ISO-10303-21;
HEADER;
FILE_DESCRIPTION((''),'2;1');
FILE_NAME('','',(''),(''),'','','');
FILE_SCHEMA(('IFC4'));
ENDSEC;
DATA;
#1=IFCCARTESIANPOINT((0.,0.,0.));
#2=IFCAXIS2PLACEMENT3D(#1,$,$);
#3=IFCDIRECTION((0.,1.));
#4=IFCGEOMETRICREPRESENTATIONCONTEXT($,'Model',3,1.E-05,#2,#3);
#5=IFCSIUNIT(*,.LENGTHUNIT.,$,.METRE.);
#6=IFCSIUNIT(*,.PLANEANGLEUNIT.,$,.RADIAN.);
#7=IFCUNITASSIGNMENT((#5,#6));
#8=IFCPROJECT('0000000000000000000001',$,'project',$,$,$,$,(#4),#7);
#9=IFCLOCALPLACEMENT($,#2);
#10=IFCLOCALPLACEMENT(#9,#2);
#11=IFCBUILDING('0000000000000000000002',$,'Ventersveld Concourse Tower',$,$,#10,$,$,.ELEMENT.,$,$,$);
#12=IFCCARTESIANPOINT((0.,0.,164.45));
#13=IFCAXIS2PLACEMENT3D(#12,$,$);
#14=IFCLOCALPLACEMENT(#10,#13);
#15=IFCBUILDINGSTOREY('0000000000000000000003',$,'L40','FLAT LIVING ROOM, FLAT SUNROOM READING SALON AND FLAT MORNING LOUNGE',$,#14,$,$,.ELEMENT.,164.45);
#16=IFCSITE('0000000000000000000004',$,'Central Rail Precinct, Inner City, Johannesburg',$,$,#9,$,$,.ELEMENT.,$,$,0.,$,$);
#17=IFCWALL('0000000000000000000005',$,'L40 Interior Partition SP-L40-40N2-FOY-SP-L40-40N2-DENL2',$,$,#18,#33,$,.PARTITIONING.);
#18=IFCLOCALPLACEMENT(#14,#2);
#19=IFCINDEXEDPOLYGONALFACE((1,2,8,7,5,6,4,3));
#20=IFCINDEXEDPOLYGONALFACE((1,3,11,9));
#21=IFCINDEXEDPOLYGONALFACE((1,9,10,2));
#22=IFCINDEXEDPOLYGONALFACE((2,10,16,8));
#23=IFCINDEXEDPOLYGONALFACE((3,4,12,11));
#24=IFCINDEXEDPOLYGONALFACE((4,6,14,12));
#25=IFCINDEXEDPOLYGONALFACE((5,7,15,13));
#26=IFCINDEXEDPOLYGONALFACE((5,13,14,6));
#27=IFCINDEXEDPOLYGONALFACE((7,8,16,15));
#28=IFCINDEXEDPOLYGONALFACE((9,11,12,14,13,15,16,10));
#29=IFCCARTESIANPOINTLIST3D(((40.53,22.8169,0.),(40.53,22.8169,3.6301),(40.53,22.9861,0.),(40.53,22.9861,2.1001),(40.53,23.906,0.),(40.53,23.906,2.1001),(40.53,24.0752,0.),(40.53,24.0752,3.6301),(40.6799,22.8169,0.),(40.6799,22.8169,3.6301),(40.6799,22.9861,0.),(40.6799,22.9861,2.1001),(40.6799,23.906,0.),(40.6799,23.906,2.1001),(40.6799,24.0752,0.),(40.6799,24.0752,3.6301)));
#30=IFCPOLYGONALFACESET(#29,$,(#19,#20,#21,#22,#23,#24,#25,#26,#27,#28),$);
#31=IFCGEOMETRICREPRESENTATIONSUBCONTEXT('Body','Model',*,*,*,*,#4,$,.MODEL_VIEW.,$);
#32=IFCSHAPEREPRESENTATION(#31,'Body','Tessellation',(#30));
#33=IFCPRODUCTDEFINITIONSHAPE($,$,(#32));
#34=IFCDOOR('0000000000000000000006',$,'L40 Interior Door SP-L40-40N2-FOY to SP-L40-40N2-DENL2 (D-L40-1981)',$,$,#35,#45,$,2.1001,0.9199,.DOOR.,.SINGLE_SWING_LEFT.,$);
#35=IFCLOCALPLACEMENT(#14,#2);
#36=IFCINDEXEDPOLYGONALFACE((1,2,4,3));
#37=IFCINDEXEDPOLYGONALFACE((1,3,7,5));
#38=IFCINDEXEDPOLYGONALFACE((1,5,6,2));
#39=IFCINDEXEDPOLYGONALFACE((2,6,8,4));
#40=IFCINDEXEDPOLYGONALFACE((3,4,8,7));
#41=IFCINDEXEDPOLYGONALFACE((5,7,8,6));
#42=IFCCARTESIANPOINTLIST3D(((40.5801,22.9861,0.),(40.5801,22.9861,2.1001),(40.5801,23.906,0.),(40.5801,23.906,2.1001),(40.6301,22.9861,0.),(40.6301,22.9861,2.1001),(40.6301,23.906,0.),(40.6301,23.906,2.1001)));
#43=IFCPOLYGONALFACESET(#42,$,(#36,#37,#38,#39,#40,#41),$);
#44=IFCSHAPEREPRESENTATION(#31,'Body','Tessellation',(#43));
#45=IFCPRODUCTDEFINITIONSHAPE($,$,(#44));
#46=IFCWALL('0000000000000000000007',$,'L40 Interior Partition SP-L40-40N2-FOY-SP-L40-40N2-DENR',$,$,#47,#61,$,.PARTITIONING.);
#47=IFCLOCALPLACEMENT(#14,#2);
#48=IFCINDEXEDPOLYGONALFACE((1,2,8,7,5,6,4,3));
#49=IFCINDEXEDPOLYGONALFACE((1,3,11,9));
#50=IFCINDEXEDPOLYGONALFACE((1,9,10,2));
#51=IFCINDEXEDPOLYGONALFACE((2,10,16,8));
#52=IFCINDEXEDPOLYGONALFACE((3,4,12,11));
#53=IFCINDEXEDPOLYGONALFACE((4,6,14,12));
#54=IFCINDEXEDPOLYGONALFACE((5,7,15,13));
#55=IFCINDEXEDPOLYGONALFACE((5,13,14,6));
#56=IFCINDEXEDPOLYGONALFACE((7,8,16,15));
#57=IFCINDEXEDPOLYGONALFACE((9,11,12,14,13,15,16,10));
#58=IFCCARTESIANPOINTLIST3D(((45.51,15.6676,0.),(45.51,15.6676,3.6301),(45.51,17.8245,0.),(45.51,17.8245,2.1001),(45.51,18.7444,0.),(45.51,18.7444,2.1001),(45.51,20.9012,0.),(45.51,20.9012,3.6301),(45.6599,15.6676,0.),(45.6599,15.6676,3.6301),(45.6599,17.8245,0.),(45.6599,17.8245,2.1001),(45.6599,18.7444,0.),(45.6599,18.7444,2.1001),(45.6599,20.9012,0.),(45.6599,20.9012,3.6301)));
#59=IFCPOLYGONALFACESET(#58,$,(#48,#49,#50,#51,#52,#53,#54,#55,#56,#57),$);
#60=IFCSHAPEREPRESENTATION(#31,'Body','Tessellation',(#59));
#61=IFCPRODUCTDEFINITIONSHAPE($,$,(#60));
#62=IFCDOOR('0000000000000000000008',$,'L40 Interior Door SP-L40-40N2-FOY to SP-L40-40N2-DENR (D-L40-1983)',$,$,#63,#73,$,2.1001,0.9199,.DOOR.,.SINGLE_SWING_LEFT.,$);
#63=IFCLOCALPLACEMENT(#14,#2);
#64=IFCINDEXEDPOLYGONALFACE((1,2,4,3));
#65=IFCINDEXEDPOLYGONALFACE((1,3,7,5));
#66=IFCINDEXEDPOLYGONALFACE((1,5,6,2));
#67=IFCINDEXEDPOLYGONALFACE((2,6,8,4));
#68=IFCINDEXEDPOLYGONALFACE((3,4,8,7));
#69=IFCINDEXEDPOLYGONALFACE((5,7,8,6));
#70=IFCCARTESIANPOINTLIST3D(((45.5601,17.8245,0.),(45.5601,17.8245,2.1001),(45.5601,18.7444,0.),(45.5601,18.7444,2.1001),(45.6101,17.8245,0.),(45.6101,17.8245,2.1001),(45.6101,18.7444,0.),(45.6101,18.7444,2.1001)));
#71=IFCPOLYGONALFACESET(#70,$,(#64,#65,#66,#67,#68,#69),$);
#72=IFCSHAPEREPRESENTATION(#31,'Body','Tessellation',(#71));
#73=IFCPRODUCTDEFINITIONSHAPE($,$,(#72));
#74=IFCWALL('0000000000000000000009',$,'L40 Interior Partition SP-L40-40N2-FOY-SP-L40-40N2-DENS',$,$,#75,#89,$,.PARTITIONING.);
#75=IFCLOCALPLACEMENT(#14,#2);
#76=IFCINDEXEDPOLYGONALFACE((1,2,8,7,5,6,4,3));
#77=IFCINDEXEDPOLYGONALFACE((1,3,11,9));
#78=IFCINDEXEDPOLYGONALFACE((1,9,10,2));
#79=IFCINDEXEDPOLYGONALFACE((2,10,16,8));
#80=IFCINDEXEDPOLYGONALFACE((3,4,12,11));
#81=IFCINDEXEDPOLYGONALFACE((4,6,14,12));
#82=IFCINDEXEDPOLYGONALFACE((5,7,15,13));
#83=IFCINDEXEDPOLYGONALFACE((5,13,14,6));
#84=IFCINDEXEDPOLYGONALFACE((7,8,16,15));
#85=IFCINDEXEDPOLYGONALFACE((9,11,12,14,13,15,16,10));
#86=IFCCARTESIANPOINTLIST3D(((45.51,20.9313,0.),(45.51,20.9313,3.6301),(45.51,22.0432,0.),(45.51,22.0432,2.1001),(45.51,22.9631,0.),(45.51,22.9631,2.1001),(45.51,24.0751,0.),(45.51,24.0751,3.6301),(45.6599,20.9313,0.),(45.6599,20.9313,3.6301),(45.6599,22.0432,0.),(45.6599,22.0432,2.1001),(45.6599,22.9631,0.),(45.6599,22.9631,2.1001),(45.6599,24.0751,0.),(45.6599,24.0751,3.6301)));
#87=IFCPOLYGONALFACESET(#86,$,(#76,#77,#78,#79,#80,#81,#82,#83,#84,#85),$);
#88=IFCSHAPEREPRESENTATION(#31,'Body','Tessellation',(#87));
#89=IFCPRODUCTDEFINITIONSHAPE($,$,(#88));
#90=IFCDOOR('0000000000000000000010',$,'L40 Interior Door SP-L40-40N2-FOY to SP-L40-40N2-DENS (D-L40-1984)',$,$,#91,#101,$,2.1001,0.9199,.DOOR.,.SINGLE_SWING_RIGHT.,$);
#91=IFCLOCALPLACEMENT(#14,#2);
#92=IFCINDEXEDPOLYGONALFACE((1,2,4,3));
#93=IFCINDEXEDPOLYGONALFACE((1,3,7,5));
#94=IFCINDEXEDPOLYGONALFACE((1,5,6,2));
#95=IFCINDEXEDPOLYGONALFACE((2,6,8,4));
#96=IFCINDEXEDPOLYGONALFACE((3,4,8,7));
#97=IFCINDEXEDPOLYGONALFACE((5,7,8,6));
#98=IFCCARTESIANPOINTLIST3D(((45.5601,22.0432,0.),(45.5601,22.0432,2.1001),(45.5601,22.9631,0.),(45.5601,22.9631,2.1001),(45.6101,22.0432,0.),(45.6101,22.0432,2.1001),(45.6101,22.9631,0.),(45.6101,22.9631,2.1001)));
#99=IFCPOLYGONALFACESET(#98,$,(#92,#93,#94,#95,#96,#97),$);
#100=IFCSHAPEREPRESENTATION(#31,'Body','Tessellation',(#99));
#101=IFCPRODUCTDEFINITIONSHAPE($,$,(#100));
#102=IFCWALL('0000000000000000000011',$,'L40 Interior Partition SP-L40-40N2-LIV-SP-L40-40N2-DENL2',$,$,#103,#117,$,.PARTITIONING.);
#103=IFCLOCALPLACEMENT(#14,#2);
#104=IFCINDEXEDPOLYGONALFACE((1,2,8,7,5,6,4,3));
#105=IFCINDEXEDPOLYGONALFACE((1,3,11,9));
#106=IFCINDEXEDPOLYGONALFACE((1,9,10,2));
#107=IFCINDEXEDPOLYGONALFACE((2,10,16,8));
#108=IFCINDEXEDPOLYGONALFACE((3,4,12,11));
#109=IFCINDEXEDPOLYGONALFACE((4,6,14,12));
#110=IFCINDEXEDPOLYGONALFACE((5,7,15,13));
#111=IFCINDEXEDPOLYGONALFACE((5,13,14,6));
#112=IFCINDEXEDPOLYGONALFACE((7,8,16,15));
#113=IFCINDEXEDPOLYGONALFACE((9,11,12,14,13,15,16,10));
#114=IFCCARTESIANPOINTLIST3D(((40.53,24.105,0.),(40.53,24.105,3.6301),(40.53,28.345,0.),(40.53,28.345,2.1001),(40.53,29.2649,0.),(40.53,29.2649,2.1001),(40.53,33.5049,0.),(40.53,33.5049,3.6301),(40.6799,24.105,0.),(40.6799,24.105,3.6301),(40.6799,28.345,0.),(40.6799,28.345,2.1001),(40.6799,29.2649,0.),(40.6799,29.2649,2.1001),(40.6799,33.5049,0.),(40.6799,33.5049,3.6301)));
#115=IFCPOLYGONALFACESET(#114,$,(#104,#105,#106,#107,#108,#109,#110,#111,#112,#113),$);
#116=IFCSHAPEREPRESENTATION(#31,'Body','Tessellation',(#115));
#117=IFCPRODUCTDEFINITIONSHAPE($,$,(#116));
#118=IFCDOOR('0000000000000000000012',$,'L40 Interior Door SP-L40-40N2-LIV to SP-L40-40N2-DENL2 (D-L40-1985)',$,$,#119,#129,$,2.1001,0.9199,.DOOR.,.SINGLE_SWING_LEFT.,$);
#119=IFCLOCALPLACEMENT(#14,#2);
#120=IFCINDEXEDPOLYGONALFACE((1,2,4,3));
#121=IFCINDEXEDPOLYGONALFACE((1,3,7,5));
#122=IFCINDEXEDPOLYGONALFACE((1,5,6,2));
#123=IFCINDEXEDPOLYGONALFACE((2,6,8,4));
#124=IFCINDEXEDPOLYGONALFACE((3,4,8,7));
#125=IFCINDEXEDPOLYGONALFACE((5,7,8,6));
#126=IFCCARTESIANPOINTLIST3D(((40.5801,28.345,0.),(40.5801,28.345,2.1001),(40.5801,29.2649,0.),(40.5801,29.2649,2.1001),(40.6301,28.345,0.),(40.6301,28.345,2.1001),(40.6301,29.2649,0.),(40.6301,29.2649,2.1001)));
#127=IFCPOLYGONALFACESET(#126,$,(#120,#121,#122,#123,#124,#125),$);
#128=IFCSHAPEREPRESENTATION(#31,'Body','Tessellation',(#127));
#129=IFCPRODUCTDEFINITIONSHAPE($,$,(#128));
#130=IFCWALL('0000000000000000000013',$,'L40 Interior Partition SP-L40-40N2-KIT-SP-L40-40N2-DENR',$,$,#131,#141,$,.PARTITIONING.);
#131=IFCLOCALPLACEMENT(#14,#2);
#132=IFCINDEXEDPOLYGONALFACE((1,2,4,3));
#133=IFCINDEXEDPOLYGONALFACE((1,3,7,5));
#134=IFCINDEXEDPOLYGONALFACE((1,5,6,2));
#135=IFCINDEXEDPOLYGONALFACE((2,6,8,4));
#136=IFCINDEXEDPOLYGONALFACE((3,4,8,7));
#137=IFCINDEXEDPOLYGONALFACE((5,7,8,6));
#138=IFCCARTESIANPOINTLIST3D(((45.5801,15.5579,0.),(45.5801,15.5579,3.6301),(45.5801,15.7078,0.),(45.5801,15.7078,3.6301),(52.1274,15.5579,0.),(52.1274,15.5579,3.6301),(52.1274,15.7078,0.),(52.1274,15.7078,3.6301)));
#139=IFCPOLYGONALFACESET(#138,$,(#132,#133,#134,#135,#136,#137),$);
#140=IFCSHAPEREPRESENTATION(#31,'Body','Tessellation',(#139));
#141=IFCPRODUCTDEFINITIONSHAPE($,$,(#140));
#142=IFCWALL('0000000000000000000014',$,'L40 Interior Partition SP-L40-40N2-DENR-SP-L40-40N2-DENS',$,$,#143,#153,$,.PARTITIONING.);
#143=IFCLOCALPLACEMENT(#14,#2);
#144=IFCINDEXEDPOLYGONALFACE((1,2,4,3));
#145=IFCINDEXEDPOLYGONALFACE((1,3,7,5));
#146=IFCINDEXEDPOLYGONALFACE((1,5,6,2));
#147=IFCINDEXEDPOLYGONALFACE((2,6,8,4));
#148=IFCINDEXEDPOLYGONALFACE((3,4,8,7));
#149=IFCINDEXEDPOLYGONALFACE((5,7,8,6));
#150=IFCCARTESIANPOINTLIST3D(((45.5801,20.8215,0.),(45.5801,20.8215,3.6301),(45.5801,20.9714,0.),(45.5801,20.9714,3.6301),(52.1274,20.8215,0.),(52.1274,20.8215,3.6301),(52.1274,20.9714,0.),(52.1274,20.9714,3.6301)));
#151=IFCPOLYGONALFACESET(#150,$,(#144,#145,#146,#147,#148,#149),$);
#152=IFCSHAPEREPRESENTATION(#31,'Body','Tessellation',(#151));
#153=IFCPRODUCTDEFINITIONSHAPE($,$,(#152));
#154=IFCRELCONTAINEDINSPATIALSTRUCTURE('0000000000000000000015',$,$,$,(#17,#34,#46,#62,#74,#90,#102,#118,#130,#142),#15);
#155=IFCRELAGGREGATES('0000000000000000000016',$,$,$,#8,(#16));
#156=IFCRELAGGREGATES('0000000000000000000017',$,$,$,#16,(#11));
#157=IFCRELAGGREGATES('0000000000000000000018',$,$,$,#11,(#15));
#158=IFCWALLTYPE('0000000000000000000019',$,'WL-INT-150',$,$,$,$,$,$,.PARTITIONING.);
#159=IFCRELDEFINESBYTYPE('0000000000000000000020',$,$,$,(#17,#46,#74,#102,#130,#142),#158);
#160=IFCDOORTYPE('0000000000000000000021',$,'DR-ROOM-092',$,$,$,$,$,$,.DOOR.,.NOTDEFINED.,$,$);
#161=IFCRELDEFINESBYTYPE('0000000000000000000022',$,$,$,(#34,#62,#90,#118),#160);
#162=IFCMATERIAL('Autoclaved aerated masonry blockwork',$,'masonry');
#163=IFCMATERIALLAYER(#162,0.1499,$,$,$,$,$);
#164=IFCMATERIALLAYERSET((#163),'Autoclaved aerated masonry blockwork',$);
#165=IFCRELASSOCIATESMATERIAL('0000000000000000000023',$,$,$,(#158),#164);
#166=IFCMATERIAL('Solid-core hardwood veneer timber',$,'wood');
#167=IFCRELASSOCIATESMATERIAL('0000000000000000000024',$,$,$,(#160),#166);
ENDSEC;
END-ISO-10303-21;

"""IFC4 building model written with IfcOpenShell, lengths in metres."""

from ifc_helpers import new_model, si_unit, direction, frame, frame_2d, origin, place, context, subcontext, project, spatial, rectangle, extrude, material, layer, layer_set, type_object, element, fill, save


model = new_model("IFC4")

# Units and contexts
model_context = context("Model", 3, precision=1e-05, world=origin(), true_north=direction((0.0, 1.0)))
body_context = subcontext(model_context, "Body", "Model", "MODEL_VIEW")
ifc_project = project(units=[si_unit("LENGTHUNIT", "METRE"), si_unit("PLANEANGLEUNIT", "RADIAN")], contexts=[model_context])

# Site, building, storey
site_placement = place(None, origin())
site = spatial("IfcSite", under=ifc_project, at=site_placement, Name="Central Rail Precinct, Inner City, Johannesburg", CompositionType="ELEMENT", RefElevation=0.0)
building_placement = place(site_placement, origin())
building = spatial("IfcBuilding", under=site, at=building_placement, Name="Ventersveld Concourse Tower", CompositionType="ELEMENT")
storey_placement = place(building_placement, frame((0.0, 0.0, 164.45)))
storey = spatial("IfcBuildingStorey", under=building, at=storey_placement, Name="L40", Description="FLAT LIVING ROOM, FLAT SUNROOM READING SALON AND FLAT MORNING LOUNGE", CompositionType="ELEMENT", Elevation=164.45)

# Shared definitions
ifc_material_1 = material(Name="Solid-core hardwood veneer timber", Category="wood")

# Walls, openings, doors
ifc_material_2 = material(Name="Autoclaved aerated masonry blockwork", Category="masonry")
ifc_layer_1 = layer(ifc_material_2, 0.1499)
ifc_layer_set_1 = layer_set([ifc_layer_1], Name="Autoclaved aerated masonry blockwork")
wall_type_1 = type_object("IfcWallType", Name="WL-INT-150", PredefinedType="PARTITIONING", material=ifc_layer_set_1)
door_type_1 = type_object("IfcDoorType", Name="DR-ROOM-092", OperationType="NOTDEFINED", PredefinedType="DOOR", material=ifc_material_1)
wall_1_placement = place(storey_placement, frame((40.605, 22.8169, 0.0), z_axis=(0.0, 0.0, 1.0), x_axis=(0.0, 1.0, 0.0)))
wall_1 = element("IfcWall", 1, at=wall_1_placement, inside=storey, type_object=wall_type_1, Name="L40 Interior Partition SP-L40-40N2-FOY-SP-L40-40N2-DENL2", PredefinedType="PARTITIONING", context=body_context, shape_type="SweptSolid", body=[
    extrude(rectangle(XDim=1.2583, YDim=0.1499, at=frame_2d((0.6292, 0.0))), origin(), (0.0, 0.0, 1.0), 3.6301),
])
opening_1_placement = place(wall_1_placement, frame((0.1692, 0.0, 0.0)))
opening_1 = element("IfcOpeningElement", 2, at=opening_1_placement, cuts=wall_1, PredefinedType="OPENING", context=body_context, shape_type="SweptSolid", body=[
    extrude(rectangle(XDim=0.9199, YDim=2.1001, at=frame_2d((0.46, 1.05))), frame((0.0, 0.085, 0.0), z_axis=(0.0, -1.0, 0.0), x_axis=(1.0, 0.0, 0.0)), (0.0, 0.0, 1.0), 0.1699),
])
door_1_placement = place(opening_1_placement, origin())
door_1 = element("IfcDoor", 3, at=door_1_placement, inside=storey, type_object=door_type_1, Name="L40 Interior Door SP-L40-40N2-FOY to SP-L40-40N2-DENL2 (D-L40-1981)", OperationType="SINGLE_SWING_LEFT", OverallHeight=2.1001, OverallWidth=0.9199, PredefinedType="DOOR", context=body_context, shape_type="SweptSolid", body=[
    extrude(rectangle(XDim=0.9199, YDim=2.1001, at=frame_2d((0.46, 1.05))), frame((0.0, 0.0249, 0.0), z_axis=(0.0, -1.0, 0.0), x_axis=(1.0, 0.0, 0.0)), (0.0, 0.0, 1.0), 0.05),
])
fill(opening_1, door_1)
wall_2_placement = place(storey_placement, frame((45.585, 15.6677, 0.0), z_axis=(0.0, 0.0, 1.0), x_axis=(0.0, 1.0, 0.0)))
wall_2 = element("IfcWall", 4, at=wall_2_placement, inside=storey, type_object=wall_type_1, Name="L40 Interior Partition SP-L40-40N2-FOY-SP-L40-40N2-DENR", PredefinedType="PARTITIONING", context=body_context, shape_type="SweptSolid", body=[
    extrude(rectangle(XDim=5.2336, YDim=0.1499, at=frame_2d((2.6167, 0.0))), origin(), (0.0, 0.0, 1.0), 3.6301),
])
opening_2_placement = place(wall_2_placement, frame((2.1567, 0.0, 0.0)))
opening_2 = element("IfcOpeningElement", 5, at=opening_2_placement, cuts=wall_2, PredefinedType="OPENING", context=body_context, shape_type="SweptSolid", body=[
    extrude(rectangle(XDim=0.9199, YDim=2.1001, at=frame_2d((0.46, 1.05))), frame((0.0, 0.085, 0.0), z_axis=(0.0, -1.0, 0.0), x_axis=(1.0, 0.0, 0.0)), (0.0, 0.0, 1.0), 0.1699),
])
door_2_placement = place(opening_2_placement, origin())
door_2 = element("IfcDoor", 6, at=door_2_placement, inside=storey, type_object=door_type_1, Name="L40 Interior Door SP-L40-40N2-FOY to SP-L40-40N2-DENR (D-L40-1983)", OperationType="SINGLE_SWING_LEFT", OverallHeight=2.1001, OverallWidth=0.9199, PredefinedType="DOOR", context=body_context, shape_type="SweptSolid", body=[
    extrude(rectangle(XDim=0.9199, YDim=2.1001, at=frame_2d((0.46, 1.05))), frame((0.0, 0.0249, 0.0), z_axis=(0.0, -1.0, 0.0), x_axis=(1.0, 0.0, 0.0)), (0.0, 0.0, 1.0), 0.05),
])
fill(opening_2, door_2)
wall_3_placement = place(storey_placement, frame((45.585, 20.9314, 0.0), z_axis=(0.0, 0.0, 1.0), x_axis=(0.0, 1.0, 0.0)))
wall_3 = element("IfcWall", 7, at=wall_3_placement, inside=storey, type_object=wall_type_1, Name="L40 Interior Partition SP-L40-40N2-FOY-SP-L40-40N2-DENS", PredefinedType="PARTITIONING", context=body_context, shape_type="SweptSolid", body=[
    extrude(rectangle(XDim=3.1438, YDim=0.1499, at=frame_2d((1.5718, 0.0))), origin(), (0.0, 0.0, 1.0), 3.6301),
])
opening_3_placement = place(wall_3_placement, frame((1.1118, 0.0, 0.0)))
opening_3 = element("IfcOpeningElement", 8, at=opening_3_placement, cuts=wall_3, PredefinedType="OPENING", context=body_context, shape_type="SweptSolid", body=[
    extrude(rectangle(XDim=0.9199, YDim=2.1001, at=frame_2d((0.46, 1.05))), frame((0.0, 0.085, 0.0), z_axis=(0.0, -1.0, 0.0), x_axis=(1.0, 0.0, 0.0)), (0.0, 0.0, 1.0), 0.1699),
])
door_3_placement = place(opening_3_placement, origin())
door_3 = element("IfcDoor", 9, at=door_3_placement, inside=storey, type_object=door_type_1, Name="L40 Interior Door SP-L40-40N2-FOY to SP-L40-40N2-DENS (D-L40-1984)", OperationType="SINGLE_SWING_RIGHT", OverallHeight=2.1001, OverallWidth=0.9199, PredefinedType="DOOR", context=body_context, shape_type="SweptSolid", body=[
    extrude(rectangle(XDim=0.9199, YDim=2.1001, at=frame_2d((0.46, 1.05))), frame((0.0, 0.0249, 0.0), z_axis=(0.0, -1.0, 0.0), x_axis=(1.0, 0.0, 0.0)), (0.0, 0.0, 1.0), 0.05),
])
fill(opening_3, door_3)
wall_4_placement = place(storey_placement, frame((40.605, 24.105, 0.0), z_axis=(0.0, 0.0, 1.0), x_axis=(0.0, 1.0, 0.0)))
wall_4 = element("IfcWall", 10, at=wall_4_placement, inside=storey, type_object=wall_type_1, Name="L40 Interior Partition SP-L40-40N2-LIV-SP-L40-40N2-DENL2", PredefinedType="PARTITIONING", context=body_context, shape_type="SweptSolid", body=[
    extrude(rectangle(XDim=9.3999, YDim=0.1499, at=frame_2d((4.7, 0.0))), origin(), (0.0, 0.0, 1.0), 3.6301),
])
opening_4_placement = place(wall_4_placement, frame((4.24, 0.0, 0.0)))
opening_4 = element("IfcOpeningElement", 11, at=opening_4_placement, cuts=wall_4, PredefinedType="OPENING", context=body_context, shape_type="SweptSolid", body=[
    extrude(rectangle(XDim=0.9199, YDim=2.1001, at=frame_2d((0.46, 1.05))), frame((0.0, 0.085, 0.0), z_axis=(0.0, -1.0, 0.0), x_axis=(1.0, 0.0, 0.0)), (0.0, 0.0, 1.0), 0.1699),
])
door_4_placement = place(opening_4_placement, origin())
door_4 = element("IfcDoor", 12, at=door_4_placement, inside=storey, type_object=door_type_1, Name="L40 Interior Door SP-L40-40N2-LIV to SP-L40-40N2-DENL2 (D-L40-1985)", OperationType="SINGLE_SWING_LEFT", OverallHeight=2.1001, OverallWidth=0.9199, PredefinedType="DOOR", context=body_context, shape_type="SweptSolid", body=[
    extrude(rectangle(XDim=0.9199, YDim=2.1001, at=frame_2d((0.46, 1.05))), frame((0.0, 0.0249, 0.0), z_axis=(0.0, -1.0, 0.0), x_axis=(1.0, 0.0, 0.0)), (0.0, 0.0, 1.0), 0.05),
])
fill(opening_4, door_4)

# Walls
for number, where, z_axis, x_axis, name in (
    (13, (45.5801, 15.6328, 0.0), (0.0, 0.0, 1.0), (1.0, 0.0, 0.0), "L40 Interior Partition SP-L40-40N2-KIT-SP-L40-40N2-DENR"),
    (14, (45.5801, 20.8965, 0.0), (0.0, 0.0, 1.0), (1.0, 0.0, 0.0), "L40 Interior Partition SP-L40-40N2-DENR-SP-L40-40N2-DENS"),
):
    element("IfcWall", number, at=place(storey_placement, frame(where, z_axis=z_axis, x_axis=x_axis)), inside=storey, type_object=wall_type_1, Name=name, PredefinedType="PARTITIONING", context=body_context, shape_type="SweptSolid", body=[
        extrude(rectangle(XDim=6.5474, YDim=0.1499, at=frame_2d((3.2737, 0.0))), origin(), (0.0, 0.0, 1.0), 3.6301),
    ])

save(model, "model.ifc")
